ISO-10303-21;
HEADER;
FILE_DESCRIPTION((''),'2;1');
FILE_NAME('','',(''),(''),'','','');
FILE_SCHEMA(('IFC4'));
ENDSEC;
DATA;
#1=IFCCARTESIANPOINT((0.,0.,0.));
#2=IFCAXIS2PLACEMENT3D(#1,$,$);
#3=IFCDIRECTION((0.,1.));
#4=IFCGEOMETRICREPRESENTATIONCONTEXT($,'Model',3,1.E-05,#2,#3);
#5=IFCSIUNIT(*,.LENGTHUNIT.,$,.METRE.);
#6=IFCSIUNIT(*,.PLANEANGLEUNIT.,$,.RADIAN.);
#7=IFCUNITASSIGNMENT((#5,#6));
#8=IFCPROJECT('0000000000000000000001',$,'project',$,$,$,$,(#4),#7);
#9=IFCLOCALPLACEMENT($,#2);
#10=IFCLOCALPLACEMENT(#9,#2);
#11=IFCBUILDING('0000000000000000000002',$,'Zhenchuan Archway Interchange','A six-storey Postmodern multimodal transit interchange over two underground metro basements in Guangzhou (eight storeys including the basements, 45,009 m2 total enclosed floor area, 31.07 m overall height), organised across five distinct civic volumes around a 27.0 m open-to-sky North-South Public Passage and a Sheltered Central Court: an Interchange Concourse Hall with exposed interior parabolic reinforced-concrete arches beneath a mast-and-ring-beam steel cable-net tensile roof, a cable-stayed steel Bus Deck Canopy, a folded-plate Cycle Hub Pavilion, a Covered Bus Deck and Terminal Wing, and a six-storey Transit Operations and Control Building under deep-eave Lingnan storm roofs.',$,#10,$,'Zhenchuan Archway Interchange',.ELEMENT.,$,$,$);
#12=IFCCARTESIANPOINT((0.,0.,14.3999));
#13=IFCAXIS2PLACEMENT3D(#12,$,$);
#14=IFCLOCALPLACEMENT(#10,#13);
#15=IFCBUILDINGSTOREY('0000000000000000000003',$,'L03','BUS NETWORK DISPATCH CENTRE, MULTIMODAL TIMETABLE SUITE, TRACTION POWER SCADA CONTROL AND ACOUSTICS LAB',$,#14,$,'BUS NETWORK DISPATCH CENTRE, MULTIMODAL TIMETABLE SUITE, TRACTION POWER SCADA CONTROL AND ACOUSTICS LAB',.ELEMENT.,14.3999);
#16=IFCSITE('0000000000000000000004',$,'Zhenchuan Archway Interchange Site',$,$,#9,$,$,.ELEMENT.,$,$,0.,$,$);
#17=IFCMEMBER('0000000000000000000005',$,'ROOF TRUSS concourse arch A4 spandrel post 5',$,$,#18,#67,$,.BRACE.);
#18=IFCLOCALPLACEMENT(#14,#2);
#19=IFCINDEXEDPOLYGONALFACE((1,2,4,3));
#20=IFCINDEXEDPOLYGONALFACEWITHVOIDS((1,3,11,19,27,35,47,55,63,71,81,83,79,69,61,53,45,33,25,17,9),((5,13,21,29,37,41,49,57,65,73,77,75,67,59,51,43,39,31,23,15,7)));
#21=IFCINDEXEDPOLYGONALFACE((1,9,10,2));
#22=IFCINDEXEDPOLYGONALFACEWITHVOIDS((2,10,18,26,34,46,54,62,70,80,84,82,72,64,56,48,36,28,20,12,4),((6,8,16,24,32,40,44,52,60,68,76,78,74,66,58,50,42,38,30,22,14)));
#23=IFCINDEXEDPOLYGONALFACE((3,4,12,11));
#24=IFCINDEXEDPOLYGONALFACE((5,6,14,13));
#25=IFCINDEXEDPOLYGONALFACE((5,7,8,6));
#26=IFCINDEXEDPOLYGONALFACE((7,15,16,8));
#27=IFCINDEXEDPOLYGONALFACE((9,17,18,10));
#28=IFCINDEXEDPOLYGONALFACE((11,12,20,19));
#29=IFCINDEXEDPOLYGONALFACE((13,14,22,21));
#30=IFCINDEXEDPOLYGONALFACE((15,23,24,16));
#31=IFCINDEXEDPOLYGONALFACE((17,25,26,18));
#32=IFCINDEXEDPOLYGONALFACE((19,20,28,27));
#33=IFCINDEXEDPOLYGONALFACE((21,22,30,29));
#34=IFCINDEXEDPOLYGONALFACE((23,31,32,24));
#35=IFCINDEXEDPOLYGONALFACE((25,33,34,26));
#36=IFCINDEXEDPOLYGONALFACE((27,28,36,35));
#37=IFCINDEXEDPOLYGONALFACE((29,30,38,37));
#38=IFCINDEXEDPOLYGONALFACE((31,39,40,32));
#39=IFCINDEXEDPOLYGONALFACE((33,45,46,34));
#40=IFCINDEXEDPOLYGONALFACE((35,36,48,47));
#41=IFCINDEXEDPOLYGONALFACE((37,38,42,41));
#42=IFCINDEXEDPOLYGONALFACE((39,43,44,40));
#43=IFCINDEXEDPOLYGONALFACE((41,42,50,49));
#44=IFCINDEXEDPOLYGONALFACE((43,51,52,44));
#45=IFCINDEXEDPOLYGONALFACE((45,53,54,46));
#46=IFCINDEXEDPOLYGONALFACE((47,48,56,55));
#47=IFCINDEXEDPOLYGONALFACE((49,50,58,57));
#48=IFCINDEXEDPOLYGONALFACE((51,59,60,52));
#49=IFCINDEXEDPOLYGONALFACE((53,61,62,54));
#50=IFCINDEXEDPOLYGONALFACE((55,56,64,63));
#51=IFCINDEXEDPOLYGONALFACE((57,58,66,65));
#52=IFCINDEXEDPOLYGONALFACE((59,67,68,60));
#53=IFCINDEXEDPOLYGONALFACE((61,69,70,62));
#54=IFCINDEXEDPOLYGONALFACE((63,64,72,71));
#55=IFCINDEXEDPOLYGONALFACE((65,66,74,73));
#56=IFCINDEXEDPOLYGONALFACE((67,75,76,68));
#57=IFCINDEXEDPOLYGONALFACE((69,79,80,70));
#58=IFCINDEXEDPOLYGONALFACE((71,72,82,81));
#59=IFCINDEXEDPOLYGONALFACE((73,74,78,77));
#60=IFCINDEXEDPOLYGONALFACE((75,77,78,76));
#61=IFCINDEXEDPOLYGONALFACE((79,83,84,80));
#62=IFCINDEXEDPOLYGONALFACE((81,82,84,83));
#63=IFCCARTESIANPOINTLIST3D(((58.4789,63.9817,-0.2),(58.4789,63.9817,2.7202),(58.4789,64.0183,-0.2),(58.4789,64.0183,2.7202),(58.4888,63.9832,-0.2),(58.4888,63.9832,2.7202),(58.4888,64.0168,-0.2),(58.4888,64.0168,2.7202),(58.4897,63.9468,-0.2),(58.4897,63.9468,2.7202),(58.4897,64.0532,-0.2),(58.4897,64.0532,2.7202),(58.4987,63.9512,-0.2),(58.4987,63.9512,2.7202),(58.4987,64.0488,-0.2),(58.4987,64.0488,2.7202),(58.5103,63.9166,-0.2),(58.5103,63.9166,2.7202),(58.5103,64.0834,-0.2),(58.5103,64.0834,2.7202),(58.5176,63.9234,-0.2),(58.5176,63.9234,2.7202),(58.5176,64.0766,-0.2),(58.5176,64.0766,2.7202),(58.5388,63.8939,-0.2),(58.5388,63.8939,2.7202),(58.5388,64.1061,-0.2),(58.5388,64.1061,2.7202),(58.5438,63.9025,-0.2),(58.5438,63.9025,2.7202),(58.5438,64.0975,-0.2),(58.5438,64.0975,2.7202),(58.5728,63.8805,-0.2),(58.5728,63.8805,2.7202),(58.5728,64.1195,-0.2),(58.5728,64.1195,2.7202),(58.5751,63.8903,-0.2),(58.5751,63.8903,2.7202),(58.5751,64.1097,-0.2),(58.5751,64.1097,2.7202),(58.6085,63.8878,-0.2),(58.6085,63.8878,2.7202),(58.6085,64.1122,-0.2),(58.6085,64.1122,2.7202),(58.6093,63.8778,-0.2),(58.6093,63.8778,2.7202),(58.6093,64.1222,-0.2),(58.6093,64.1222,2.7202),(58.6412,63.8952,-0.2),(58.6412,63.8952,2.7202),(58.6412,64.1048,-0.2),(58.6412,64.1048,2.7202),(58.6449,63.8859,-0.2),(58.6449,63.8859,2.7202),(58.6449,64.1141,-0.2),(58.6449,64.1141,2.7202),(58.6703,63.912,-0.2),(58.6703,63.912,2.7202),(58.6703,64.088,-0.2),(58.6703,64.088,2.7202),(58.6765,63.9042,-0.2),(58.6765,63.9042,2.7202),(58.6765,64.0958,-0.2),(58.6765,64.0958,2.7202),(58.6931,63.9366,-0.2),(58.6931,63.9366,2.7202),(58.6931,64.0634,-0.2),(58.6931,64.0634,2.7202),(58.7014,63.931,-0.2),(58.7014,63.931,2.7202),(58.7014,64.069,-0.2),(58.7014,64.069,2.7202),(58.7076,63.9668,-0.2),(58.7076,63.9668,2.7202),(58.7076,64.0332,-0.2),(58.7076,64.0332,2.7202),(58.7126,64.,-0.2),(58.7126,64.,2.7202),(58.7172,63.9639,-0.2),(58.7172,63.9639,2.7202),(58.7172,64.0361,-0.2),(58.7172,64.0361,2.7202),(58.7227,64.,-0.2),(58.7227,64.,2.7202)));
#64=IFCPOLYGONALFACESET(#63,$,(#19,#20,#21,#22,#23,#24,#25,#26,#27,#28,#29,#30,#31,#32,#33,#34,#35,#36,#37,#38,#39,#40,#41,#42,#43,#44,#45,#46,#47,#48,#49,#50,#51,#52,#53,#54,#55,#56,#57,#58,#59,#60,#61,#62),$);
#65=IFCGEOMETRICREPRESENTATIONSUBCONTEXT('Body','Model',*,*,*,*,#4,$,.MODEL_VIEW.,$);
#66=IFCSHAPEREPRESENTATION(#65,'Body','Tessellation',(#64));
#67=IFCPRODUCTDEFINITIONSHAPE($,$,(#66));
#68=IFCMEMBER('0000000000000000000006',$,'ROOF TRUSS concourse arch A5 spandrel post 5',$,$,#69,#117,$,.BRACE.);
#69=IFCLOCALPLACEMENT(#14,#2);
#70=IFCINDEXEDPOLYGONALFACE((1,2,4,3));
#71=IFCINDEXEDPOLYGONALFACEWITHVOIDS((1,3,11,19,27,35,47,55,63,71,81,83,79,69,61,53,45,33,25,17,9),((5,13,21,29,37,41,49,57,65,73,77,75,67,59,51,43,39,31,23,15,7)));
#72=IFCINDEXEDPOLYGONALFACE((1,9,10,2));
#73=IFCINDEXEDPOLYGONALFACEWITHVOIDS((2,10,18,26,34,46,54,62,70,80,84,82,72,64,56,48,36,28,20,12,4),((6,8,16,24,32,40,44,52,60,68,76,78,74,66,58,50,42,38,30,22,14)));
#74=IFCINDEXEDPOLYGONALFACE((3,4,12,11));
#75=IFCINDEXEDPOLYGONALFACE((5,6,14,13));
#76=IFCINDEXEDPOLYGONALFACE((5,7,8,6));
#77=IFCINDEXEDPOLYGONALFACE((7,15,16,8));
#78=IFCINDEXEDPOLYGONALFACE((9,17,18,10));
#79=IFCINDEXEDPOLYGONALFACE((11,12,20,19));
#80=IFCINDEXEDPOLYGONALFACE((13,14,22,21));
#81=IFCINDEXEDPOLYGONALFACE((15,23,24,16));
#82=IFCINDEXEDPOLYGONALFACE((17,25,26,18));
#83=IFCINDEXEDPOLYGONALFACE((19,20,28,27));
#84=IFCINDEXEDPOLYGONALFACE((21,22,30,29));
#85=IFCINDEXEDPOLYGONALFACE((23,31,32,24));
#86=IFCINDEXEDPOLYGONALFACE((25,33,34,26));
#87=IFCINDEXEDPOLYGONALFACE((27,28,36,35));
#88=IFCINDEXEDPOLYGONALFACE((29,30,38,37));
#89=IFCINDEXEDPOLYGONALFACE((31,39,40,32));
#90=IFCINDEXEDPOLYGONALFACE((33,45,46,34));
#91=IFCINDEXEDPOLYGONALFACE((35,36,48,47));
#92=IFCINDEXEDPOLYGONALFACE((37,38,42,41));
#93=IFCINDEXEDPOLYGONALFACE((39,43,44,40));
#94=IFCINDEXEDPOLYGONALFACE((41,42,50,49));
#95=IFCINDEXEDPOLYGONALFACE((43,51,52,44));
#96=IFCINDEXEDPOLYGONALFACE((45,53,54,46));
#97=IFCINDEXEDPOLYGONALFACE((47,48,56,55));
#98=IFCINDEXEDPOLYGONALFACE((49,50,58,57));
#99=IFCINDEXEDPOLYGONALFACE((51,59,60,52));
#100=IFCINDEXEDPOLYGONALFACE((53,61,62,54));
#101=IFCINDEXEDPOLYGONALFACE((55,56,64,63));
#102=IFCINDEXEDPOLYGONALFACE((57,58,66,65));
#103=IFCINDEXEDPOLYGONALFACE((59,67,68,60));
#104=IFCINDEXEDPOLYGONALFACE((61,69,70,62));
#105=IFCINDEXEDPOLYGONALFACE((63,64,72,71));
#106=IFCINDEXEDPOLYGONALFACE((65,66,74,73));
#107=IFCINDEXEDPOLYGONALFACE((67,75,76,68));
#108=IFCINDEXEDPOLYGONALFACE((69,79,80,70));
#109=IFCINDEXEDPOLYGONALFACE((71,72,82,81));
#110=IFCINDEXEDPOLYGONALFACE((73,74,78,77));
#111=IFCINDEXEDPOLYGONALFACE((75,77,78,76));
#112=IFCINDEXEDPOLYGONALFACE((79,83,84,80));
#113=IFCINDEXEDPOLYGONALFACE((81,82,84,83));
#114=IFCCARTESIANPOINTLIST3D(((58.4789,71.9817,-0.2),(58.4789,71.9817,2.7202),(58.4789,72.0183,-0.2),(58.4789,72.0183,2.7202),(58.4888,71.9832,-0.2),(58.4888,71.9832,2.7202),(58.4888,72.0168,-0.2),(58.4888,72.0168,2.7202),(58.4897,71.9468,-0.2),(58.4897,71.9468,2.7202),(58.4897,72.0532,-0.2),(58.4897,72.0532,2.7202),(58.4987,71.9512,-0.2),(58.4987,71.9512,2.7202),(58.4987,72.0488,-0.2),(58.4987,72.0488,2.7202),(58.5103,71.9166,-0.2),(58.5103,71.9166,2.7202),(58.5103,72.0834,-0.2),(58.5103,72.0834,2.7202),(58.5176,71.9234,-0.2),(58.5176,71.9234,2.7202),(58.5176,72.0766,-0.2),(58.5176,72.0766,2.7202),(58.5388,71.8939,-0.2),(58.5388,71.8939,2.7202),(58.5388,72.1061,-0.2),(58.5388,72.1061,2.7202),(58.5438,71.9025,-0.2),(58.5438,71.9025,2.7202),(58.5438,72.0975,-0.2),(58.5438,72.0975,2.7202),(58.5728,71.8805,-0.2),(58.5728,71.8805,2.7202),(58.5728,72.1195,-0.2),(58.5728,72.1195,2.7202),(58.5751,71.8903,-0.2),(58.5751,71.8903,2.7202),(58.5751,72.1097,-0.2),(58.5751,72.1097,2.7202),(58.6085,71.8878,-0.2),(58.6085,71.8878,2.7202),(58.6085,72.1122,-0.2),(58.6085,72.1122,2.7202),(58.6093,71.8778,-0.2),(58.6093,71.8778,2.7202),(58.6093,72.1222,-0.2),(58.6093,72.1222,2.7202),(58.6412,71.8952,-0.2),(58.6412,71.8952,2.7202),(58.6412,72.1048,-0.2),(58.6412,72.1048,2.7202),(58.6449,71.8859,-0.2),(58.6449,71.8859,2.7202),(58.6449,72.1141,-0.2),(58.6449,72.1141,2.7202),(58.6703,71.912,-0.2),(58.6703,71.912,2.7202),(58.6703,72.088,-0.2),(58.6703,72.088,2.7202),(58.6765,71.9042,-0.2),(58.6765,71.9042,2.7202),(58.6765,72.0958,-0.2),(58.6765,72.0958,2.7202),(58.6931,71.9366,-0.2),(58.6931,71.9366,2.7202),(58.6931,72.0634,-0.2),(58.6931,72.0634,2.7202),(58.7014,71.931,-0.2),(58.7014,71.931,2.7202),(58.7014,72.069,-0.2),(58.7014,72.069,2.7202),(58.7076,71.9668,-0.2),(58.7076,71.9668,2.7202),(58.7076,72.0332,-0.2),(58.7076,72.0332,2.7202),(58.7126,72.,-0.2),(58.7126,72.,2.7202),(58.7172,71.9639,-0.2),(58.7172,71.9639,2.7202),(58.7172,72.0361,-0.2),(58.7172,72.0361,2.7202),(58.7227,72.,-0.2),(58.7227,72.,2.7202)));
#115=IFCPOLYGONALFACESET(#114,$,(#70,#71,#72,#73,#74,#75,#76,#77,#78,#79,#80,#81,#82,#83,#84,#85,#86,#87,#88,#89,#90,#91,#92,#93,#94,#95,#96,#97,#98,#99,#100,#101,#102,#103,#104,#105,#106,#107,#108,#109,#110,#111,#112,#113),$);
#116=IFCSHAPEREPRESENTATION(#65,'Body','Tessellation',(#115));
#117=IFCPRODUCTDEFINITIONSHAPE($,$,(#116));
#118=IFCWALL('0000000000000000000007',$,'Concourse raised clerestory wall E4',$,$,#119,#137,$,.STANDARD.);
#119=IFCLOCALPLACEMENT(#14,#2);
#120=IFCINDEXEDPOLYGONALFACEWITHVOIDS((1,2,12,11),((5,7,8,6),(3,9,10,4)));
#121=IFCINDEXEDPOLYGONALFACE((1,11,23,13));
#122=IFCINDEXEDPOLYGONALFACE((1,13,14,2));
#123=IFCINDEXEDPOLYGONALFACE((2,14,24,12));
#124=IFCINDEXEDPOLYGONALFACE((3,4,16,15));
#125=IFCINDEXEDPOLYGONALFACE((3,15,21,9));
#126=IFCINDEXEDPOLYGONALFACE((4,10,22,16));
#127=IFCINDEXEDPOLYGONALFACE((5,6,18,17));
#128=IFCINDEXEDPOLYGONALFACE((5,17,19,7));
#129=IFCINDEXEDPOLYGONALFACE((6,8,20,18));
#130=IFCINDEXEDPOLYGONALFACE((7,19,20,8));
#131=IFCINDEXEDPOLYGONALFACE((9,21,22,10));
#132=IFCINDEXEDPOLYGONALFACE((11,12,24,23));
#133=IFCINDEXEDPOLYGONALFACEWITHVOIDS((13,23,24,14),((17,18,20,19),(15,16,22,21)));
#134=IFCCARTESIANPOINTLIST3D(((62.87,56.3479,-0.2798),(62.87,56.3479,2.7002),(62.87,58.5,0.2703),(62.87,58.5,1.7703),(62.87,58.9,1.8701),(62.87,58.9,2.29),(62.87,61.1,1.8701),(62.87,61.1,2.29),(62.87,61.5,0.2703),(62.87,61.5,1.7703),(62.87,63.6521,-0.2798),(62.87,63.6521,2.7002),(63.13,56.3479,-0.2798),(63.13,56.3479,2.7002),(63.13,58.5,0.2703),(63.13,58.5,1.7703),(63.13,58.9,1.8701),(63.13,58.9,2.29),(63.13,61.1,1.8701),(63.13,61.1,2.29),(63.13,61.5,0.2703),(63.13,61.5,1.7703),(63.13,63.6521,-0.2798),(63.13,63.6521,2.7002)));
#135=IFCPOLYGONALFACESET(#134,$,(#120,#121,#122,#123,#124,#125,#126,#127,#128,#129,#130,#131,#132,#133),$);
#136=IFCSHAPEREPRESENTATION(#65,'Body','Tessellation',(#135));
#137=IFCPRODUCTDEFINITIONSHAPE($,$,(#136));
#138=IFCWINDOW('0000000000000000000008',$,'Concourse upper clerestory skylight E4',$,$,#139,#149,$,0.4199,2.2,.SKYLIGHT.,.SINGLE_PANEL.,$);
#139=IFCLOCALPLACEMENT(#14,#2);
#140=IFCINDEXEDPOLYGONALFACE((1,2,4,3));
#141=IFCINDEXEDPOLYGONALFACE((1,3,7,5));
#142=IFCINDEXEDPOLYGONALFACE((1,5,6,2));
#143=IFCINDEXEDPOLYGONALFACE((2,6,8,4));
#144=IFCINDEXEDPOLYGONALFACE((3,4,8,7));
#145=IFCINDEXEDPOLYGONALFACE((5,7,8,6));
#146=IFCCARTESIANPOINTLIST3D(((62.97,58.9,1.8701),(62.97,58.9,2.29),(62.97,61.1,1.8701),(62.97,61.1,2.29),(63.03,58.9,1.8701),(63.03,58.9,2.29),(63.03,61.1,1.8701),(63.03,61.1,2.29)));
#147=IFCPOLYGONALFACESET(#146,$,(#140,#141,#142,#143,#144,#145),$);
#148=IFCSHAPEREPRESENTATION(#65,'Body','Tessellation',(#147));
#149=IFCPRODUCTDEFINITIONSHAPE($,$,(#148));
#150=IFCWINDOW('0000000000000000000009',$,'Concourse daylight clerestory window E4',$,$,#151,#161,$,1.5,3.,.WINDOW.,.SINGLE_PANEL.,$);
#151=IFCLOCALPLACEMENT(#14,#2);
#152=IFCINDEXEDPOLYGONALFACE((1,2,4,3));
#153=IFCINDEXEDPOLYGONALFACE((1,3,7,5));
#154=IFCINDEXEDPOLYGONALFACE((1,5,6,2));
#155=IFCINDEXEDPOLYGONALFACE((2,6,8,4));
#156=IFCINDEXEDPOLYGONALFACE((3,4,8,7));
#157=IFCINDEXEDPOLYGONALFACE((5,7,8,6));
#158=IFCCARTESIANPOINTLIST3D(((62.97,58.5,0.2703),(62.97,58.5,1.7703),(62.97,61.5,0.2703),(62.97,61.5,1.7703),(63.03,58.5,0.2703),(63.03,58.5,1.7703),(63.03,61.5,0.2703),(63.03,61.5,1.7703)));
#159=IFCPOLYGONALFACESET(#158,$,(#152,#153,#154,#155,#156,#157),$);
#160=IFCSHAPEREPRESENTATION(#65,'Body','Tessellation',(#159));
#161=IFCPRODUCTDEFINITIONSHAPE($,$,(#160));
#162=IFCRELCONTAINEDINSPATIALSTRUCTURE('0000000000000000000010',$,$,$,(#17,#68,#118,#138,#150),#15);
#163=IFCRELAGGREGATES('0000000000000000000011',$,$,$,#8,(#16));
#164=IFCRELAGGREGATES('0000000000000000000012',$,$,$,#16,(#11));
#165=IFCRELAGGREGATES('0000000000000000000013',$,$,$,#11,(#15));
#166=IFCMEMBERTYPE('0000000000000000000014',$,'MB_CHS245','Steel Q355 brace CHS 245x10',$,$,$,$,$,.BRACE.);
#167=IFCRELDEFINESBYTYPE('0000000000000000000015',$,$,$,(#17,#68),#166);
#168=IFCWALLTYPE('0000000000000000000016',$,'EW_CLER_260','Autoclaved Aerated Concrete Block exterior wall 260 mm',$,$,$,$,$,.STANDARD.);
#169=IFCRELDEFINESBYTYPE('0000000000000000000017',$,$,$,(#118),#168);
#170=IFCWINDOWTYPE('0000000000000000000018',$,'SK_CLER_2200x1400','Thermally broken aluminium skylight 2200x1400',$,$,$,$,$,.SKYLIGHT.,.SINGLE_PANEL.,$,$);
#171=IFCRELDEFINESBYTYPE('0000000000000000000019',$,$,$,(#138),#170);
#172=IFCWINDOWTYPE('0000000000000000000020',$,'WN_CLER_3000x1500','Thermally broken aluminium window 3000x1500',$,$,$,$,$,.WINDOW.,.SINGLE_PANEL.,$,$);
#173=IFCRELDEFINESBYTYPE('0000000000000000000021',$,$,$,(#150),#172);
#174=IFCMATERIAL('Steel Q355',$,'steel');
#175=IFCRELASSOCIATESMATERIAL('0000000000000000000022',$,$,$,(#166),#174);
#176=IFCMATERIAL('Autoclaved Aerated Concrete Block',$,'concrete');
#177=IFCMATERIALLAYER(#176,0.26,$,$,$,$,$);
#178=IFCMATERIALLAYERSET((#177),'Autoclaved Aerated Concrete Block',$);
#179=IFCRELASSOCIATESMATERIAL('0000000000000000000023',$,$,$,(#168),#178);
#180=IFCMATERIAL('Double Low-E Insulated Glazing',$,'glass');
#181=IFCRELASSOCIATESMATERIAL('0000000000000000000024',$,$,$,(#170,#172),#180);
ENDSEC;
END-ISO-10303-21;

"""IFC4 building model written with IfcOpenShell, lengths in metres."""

from ifc_helpers import new_model, si_unit, direction, frame, frame_2d, origin, origin_2d, place, context, subcontext, project, spatial, rectangle, hollow_circle, extrude, material, layer, layer_set, material_profile, profile_set, type_object, element, fill, save


model = new_model("IFC4")

# Units and contexts
model_context = context("Model", 3, precision=1e-05, world=origin(), true_north=direction((0.0, 1.0)))
body_context = subcontext(model_context, "Body", "Model", "MODEL_VIEW")
ifc_project = project(units=[si_unit("LENGTHUNIT", "METRE"), si_unit("PLANEANGLEUNIT", "RADIAN")], contexts=[model_context])

# Site, building, storey
site_placement = place(None, origin())
site = spatial("IfcSite", under=ifc_project, at=site_placement, Name="Zhenchuan Archway Interchange Site", CompositionType="ELEMENT", RefElevation=0.0)
building_placement = place(site_placement, origin())
building = spatial("IfcBuilding", under=site, at=building_placement, Name="Zhenchuan Archway Interchange", Description="A six-storey Postmodern multimodal transit interchange over two underground metro basements in Guangzhou (eight storeys including the basements, 45,009 m2 total enclosed floor area, 31.07 m overall height), organised across five distinct civic volumes around a 27.0 m open-to-sky North-South Public Passage and a Sheltered Central Court: an Interchange Concourse Hall with exposed interior parabolic reinforced-concrete arches beneath a mast-and-ring-beam steel cable-net tensile roof, a cable-stayed steel Bus Deck Canopy, a folded-plate Cycle Hub Pavilion, a Covered Bus Deck and Terminal Wing, and a six-storey Transit Operations and Control Building under deep-eave Lingnan storm roofs.", LongName="Zhenchuan Archway Interchange", CompositionType="ELEMENT")
storey_placement = place(building_placement, frame((0.0, 0.0, 14.3999)))
storey = spatial("IfcBuildingStorey", under=building, at=storey_placement, Name="L03", Description="BUS NETWORK DISPATCH CENTRE, MULTIMODAL TIMETABLE SUITE, TRACTION POWER SCADA CONTROL AND ACOUSTICS LAB", LongName="BUS NETWORK DISPATCH CENTRE, MULTIMODAL TIMETABLE SUITE, TRACTION POWER SCADA CONTROL AND ACOUSTICS LAB", CompositionType="ELEMENT", Elevation=14.3999)

# Shared definitions
ifc_material_1 = material(Name="Steel Q355", Category="steel")

# Members
ifc_material_profile_1 = material_profile(ifc_material_1, hollow_circle(Radius=0.1226, WallThickness=0.01, at=origin_2d()), Name="CHS 245x10")
ifc_profile_set_1 = profile_set([ifc_material_profile_1], Name="Steel Q355")
member_type_1 = type_object("IfcMemberType", Name="MB_CHS245", Description="Steel Q355 brace CHS 245x10", PredefinedType="BRACE", material=ifc_profile_set_1)
for number, where, z_axis, x_axis, name in (
    (1, (58.6001, 64.0, -0.2), (0.0, 0.0, 1.0), (1.0, 0.0, 0.0), "ROOF TRUSS concourse arch A4 spandrel post 5"),
    (2, (58.6001, 72.0, -0.2), (0.0, 0.0, 1.0), (1.0, 0.0, 0.0), "ROOF TRUSS concourse arch A5 spandrel post 5"),
):
    element("IfcMember", number, at=place(storey_placement, frame(where, z_axis=z_axis, x_axis=x_axis)), inside=storey, type_object=member_type_1, Name=name, PredefinedType="BRACE", context=body_context, shape_type="SweptSolid", body=[
        extrude(hollow_circle(Radius=0.1226, WallThickness=0.01, at=origin_2d()), origin(), (0.0, 0.0, 1.0), 2.9202),
    ])

# Wall, openings, windows
ifc_material_2 = material(Name="Autoclaved Aerated Concrete Block", Category="concrete")
ifc_layer = layer(ifc_material_2, 0.26)
ifc_layer_set = layer_set([ifc_layer], Name="Autoclaved Aerated Concrete Block")
wall_type = type_object("IfcWallType", Name="EW_CLER_260", Description="Autoclaved Aerated Concrete Block exterior wall 260 mm", PredefinedType="STANDARD", material=ifc_layer_set)
wall_1_placement = place(storey_placement, frame((63.0, 63.6521, -0.2798), z_axis=(0.0, 0.0, 1.0), x_axis=(0.0, -1.0, 0.0)))
wall_1 = element("IfcWall", 3, at=wall_1_placement, inside=storey, type_object=wall_type, Name="Concourse raised clerestory wall E4", PredefinedType="STANDARD", context=body_context, shape_type="SweptSolid", body=[
    extrude(rectangle(XDim=7.3042, YDim=0.26, at=frame_2d((3.6521, 0.0))), origin(), (0.0, 0.0, 1.0), 2.98),
])
opening_1_placement = place(wall_1_placement, frame((2.1521, 0.0, 0.55)))
opening_1 = element("IfcOpeningElement", 4, at=opening_1_placement, cuts=wall_1, PredefinedType="OPENING", context=body_context, shape_type="SweptSolid", body=[
    extrude(rectangle(XDim=3.0, YDim=1.5, at=frame_2d((1.5, 0.75))), frame((0.0, 0.1421, 0.0), z_axis=(0.0, -1.0, 0.0), x_axis=(1.0, 0.0, 0.0)), (0.0, 0.0, 1.0), 0.2839),
])
opening_2_placement = place(wall_1_placement, frame((2.552, 0.0, 2.1499)))
opening_2 = element("IfcOpeningElement", 5, at=opening_2_placement, cuts=wall_1, PredefinedType="OPENING", context=body_context, shape_type="SweptSolid", body=[
    extrude(rectangle(XDim=2.2, YDim=0.4199, at=frame_2d((1.1001, 0.21))), frame((0.0, 0.1421, 0.0), z_axis=(0.0, -1.0, 0.0), x_axis=(1.0, 0.0, 0.0)), (0.0, 0.0, 1.0), 0.2839),
])
ifc_material_3 = material(Name="Double Low-E Insulated Glazing", Category="glass")
window_type_1 = type_object("IfcWindowType", Name="SK_CLER_2200x1400", Description="Thermally broken aluminium skylight 2200x1400", PartitioningType="SINGLE_PANEL", PredefinedType="SKYLIGHT", material=ifc_material_3)
window_1_placement = place(opening_2_placement, origin())
window_1 = element("IfcWindow", 6, at=window_1_placement, inside=storey, type_object=window_type_1, Name="Concourse upper clerestory skylight E4", OverallHeight=0.4199, OverallWidth=2.2, PartitioningType="SINGLE_PANEL", PredefinedType="SKYLIGHT", context=body_context, shape_type="SweptSolid", body=[
    extrude(rectangle(XDim=2.2, YDim=0.4199, at=frame_2d((1.1001, 0.21))), frame((0.0, 0.03, 0.0), z_axis=(0.0, -1.0, 0.0), x_axis=(1.0, 0.0, 0.0)), (0.0, 0.0, 1.0), 0.0601),
])
fill(opening_2, window_1)
window_type_2 = type_object("IfcWindowType", Name="WN_CLER_3000x1500", Description="Thermally broken aluminium window 3000x1500", PartitioningType="SINGLE_PANEL", PredefinedType="WINDOW", material=ifc_material_3)
window_2_placement = place(opening_1_placement, origin())
window_2 = element("IfcWindow", 7, at=window_2_placement, inside=storey, type_object=window_type_2, Name="Concourse daylight clerestory window E4", OverallHeight=1.5, OverallWidth=3.0, PartitioningType="SINGLE_PANEL", PredefinedType="WINDOW", context=body_context, shape_type="SweptSolid", body=[
    extrude(rectangle(XDim=3.0, YDim=1.5, at=frame_2d((1.5, 0.75))), frame((0.0, 0.03, 0.0), z_axis=(0.0, -1.0, 0.0), x_axis=(1.0, 0.0, 0.0)), (0.0, 0.0, 1.0), 0.0601),
])
fill(opening_1, window_2)

save(model, "model.ifc")
